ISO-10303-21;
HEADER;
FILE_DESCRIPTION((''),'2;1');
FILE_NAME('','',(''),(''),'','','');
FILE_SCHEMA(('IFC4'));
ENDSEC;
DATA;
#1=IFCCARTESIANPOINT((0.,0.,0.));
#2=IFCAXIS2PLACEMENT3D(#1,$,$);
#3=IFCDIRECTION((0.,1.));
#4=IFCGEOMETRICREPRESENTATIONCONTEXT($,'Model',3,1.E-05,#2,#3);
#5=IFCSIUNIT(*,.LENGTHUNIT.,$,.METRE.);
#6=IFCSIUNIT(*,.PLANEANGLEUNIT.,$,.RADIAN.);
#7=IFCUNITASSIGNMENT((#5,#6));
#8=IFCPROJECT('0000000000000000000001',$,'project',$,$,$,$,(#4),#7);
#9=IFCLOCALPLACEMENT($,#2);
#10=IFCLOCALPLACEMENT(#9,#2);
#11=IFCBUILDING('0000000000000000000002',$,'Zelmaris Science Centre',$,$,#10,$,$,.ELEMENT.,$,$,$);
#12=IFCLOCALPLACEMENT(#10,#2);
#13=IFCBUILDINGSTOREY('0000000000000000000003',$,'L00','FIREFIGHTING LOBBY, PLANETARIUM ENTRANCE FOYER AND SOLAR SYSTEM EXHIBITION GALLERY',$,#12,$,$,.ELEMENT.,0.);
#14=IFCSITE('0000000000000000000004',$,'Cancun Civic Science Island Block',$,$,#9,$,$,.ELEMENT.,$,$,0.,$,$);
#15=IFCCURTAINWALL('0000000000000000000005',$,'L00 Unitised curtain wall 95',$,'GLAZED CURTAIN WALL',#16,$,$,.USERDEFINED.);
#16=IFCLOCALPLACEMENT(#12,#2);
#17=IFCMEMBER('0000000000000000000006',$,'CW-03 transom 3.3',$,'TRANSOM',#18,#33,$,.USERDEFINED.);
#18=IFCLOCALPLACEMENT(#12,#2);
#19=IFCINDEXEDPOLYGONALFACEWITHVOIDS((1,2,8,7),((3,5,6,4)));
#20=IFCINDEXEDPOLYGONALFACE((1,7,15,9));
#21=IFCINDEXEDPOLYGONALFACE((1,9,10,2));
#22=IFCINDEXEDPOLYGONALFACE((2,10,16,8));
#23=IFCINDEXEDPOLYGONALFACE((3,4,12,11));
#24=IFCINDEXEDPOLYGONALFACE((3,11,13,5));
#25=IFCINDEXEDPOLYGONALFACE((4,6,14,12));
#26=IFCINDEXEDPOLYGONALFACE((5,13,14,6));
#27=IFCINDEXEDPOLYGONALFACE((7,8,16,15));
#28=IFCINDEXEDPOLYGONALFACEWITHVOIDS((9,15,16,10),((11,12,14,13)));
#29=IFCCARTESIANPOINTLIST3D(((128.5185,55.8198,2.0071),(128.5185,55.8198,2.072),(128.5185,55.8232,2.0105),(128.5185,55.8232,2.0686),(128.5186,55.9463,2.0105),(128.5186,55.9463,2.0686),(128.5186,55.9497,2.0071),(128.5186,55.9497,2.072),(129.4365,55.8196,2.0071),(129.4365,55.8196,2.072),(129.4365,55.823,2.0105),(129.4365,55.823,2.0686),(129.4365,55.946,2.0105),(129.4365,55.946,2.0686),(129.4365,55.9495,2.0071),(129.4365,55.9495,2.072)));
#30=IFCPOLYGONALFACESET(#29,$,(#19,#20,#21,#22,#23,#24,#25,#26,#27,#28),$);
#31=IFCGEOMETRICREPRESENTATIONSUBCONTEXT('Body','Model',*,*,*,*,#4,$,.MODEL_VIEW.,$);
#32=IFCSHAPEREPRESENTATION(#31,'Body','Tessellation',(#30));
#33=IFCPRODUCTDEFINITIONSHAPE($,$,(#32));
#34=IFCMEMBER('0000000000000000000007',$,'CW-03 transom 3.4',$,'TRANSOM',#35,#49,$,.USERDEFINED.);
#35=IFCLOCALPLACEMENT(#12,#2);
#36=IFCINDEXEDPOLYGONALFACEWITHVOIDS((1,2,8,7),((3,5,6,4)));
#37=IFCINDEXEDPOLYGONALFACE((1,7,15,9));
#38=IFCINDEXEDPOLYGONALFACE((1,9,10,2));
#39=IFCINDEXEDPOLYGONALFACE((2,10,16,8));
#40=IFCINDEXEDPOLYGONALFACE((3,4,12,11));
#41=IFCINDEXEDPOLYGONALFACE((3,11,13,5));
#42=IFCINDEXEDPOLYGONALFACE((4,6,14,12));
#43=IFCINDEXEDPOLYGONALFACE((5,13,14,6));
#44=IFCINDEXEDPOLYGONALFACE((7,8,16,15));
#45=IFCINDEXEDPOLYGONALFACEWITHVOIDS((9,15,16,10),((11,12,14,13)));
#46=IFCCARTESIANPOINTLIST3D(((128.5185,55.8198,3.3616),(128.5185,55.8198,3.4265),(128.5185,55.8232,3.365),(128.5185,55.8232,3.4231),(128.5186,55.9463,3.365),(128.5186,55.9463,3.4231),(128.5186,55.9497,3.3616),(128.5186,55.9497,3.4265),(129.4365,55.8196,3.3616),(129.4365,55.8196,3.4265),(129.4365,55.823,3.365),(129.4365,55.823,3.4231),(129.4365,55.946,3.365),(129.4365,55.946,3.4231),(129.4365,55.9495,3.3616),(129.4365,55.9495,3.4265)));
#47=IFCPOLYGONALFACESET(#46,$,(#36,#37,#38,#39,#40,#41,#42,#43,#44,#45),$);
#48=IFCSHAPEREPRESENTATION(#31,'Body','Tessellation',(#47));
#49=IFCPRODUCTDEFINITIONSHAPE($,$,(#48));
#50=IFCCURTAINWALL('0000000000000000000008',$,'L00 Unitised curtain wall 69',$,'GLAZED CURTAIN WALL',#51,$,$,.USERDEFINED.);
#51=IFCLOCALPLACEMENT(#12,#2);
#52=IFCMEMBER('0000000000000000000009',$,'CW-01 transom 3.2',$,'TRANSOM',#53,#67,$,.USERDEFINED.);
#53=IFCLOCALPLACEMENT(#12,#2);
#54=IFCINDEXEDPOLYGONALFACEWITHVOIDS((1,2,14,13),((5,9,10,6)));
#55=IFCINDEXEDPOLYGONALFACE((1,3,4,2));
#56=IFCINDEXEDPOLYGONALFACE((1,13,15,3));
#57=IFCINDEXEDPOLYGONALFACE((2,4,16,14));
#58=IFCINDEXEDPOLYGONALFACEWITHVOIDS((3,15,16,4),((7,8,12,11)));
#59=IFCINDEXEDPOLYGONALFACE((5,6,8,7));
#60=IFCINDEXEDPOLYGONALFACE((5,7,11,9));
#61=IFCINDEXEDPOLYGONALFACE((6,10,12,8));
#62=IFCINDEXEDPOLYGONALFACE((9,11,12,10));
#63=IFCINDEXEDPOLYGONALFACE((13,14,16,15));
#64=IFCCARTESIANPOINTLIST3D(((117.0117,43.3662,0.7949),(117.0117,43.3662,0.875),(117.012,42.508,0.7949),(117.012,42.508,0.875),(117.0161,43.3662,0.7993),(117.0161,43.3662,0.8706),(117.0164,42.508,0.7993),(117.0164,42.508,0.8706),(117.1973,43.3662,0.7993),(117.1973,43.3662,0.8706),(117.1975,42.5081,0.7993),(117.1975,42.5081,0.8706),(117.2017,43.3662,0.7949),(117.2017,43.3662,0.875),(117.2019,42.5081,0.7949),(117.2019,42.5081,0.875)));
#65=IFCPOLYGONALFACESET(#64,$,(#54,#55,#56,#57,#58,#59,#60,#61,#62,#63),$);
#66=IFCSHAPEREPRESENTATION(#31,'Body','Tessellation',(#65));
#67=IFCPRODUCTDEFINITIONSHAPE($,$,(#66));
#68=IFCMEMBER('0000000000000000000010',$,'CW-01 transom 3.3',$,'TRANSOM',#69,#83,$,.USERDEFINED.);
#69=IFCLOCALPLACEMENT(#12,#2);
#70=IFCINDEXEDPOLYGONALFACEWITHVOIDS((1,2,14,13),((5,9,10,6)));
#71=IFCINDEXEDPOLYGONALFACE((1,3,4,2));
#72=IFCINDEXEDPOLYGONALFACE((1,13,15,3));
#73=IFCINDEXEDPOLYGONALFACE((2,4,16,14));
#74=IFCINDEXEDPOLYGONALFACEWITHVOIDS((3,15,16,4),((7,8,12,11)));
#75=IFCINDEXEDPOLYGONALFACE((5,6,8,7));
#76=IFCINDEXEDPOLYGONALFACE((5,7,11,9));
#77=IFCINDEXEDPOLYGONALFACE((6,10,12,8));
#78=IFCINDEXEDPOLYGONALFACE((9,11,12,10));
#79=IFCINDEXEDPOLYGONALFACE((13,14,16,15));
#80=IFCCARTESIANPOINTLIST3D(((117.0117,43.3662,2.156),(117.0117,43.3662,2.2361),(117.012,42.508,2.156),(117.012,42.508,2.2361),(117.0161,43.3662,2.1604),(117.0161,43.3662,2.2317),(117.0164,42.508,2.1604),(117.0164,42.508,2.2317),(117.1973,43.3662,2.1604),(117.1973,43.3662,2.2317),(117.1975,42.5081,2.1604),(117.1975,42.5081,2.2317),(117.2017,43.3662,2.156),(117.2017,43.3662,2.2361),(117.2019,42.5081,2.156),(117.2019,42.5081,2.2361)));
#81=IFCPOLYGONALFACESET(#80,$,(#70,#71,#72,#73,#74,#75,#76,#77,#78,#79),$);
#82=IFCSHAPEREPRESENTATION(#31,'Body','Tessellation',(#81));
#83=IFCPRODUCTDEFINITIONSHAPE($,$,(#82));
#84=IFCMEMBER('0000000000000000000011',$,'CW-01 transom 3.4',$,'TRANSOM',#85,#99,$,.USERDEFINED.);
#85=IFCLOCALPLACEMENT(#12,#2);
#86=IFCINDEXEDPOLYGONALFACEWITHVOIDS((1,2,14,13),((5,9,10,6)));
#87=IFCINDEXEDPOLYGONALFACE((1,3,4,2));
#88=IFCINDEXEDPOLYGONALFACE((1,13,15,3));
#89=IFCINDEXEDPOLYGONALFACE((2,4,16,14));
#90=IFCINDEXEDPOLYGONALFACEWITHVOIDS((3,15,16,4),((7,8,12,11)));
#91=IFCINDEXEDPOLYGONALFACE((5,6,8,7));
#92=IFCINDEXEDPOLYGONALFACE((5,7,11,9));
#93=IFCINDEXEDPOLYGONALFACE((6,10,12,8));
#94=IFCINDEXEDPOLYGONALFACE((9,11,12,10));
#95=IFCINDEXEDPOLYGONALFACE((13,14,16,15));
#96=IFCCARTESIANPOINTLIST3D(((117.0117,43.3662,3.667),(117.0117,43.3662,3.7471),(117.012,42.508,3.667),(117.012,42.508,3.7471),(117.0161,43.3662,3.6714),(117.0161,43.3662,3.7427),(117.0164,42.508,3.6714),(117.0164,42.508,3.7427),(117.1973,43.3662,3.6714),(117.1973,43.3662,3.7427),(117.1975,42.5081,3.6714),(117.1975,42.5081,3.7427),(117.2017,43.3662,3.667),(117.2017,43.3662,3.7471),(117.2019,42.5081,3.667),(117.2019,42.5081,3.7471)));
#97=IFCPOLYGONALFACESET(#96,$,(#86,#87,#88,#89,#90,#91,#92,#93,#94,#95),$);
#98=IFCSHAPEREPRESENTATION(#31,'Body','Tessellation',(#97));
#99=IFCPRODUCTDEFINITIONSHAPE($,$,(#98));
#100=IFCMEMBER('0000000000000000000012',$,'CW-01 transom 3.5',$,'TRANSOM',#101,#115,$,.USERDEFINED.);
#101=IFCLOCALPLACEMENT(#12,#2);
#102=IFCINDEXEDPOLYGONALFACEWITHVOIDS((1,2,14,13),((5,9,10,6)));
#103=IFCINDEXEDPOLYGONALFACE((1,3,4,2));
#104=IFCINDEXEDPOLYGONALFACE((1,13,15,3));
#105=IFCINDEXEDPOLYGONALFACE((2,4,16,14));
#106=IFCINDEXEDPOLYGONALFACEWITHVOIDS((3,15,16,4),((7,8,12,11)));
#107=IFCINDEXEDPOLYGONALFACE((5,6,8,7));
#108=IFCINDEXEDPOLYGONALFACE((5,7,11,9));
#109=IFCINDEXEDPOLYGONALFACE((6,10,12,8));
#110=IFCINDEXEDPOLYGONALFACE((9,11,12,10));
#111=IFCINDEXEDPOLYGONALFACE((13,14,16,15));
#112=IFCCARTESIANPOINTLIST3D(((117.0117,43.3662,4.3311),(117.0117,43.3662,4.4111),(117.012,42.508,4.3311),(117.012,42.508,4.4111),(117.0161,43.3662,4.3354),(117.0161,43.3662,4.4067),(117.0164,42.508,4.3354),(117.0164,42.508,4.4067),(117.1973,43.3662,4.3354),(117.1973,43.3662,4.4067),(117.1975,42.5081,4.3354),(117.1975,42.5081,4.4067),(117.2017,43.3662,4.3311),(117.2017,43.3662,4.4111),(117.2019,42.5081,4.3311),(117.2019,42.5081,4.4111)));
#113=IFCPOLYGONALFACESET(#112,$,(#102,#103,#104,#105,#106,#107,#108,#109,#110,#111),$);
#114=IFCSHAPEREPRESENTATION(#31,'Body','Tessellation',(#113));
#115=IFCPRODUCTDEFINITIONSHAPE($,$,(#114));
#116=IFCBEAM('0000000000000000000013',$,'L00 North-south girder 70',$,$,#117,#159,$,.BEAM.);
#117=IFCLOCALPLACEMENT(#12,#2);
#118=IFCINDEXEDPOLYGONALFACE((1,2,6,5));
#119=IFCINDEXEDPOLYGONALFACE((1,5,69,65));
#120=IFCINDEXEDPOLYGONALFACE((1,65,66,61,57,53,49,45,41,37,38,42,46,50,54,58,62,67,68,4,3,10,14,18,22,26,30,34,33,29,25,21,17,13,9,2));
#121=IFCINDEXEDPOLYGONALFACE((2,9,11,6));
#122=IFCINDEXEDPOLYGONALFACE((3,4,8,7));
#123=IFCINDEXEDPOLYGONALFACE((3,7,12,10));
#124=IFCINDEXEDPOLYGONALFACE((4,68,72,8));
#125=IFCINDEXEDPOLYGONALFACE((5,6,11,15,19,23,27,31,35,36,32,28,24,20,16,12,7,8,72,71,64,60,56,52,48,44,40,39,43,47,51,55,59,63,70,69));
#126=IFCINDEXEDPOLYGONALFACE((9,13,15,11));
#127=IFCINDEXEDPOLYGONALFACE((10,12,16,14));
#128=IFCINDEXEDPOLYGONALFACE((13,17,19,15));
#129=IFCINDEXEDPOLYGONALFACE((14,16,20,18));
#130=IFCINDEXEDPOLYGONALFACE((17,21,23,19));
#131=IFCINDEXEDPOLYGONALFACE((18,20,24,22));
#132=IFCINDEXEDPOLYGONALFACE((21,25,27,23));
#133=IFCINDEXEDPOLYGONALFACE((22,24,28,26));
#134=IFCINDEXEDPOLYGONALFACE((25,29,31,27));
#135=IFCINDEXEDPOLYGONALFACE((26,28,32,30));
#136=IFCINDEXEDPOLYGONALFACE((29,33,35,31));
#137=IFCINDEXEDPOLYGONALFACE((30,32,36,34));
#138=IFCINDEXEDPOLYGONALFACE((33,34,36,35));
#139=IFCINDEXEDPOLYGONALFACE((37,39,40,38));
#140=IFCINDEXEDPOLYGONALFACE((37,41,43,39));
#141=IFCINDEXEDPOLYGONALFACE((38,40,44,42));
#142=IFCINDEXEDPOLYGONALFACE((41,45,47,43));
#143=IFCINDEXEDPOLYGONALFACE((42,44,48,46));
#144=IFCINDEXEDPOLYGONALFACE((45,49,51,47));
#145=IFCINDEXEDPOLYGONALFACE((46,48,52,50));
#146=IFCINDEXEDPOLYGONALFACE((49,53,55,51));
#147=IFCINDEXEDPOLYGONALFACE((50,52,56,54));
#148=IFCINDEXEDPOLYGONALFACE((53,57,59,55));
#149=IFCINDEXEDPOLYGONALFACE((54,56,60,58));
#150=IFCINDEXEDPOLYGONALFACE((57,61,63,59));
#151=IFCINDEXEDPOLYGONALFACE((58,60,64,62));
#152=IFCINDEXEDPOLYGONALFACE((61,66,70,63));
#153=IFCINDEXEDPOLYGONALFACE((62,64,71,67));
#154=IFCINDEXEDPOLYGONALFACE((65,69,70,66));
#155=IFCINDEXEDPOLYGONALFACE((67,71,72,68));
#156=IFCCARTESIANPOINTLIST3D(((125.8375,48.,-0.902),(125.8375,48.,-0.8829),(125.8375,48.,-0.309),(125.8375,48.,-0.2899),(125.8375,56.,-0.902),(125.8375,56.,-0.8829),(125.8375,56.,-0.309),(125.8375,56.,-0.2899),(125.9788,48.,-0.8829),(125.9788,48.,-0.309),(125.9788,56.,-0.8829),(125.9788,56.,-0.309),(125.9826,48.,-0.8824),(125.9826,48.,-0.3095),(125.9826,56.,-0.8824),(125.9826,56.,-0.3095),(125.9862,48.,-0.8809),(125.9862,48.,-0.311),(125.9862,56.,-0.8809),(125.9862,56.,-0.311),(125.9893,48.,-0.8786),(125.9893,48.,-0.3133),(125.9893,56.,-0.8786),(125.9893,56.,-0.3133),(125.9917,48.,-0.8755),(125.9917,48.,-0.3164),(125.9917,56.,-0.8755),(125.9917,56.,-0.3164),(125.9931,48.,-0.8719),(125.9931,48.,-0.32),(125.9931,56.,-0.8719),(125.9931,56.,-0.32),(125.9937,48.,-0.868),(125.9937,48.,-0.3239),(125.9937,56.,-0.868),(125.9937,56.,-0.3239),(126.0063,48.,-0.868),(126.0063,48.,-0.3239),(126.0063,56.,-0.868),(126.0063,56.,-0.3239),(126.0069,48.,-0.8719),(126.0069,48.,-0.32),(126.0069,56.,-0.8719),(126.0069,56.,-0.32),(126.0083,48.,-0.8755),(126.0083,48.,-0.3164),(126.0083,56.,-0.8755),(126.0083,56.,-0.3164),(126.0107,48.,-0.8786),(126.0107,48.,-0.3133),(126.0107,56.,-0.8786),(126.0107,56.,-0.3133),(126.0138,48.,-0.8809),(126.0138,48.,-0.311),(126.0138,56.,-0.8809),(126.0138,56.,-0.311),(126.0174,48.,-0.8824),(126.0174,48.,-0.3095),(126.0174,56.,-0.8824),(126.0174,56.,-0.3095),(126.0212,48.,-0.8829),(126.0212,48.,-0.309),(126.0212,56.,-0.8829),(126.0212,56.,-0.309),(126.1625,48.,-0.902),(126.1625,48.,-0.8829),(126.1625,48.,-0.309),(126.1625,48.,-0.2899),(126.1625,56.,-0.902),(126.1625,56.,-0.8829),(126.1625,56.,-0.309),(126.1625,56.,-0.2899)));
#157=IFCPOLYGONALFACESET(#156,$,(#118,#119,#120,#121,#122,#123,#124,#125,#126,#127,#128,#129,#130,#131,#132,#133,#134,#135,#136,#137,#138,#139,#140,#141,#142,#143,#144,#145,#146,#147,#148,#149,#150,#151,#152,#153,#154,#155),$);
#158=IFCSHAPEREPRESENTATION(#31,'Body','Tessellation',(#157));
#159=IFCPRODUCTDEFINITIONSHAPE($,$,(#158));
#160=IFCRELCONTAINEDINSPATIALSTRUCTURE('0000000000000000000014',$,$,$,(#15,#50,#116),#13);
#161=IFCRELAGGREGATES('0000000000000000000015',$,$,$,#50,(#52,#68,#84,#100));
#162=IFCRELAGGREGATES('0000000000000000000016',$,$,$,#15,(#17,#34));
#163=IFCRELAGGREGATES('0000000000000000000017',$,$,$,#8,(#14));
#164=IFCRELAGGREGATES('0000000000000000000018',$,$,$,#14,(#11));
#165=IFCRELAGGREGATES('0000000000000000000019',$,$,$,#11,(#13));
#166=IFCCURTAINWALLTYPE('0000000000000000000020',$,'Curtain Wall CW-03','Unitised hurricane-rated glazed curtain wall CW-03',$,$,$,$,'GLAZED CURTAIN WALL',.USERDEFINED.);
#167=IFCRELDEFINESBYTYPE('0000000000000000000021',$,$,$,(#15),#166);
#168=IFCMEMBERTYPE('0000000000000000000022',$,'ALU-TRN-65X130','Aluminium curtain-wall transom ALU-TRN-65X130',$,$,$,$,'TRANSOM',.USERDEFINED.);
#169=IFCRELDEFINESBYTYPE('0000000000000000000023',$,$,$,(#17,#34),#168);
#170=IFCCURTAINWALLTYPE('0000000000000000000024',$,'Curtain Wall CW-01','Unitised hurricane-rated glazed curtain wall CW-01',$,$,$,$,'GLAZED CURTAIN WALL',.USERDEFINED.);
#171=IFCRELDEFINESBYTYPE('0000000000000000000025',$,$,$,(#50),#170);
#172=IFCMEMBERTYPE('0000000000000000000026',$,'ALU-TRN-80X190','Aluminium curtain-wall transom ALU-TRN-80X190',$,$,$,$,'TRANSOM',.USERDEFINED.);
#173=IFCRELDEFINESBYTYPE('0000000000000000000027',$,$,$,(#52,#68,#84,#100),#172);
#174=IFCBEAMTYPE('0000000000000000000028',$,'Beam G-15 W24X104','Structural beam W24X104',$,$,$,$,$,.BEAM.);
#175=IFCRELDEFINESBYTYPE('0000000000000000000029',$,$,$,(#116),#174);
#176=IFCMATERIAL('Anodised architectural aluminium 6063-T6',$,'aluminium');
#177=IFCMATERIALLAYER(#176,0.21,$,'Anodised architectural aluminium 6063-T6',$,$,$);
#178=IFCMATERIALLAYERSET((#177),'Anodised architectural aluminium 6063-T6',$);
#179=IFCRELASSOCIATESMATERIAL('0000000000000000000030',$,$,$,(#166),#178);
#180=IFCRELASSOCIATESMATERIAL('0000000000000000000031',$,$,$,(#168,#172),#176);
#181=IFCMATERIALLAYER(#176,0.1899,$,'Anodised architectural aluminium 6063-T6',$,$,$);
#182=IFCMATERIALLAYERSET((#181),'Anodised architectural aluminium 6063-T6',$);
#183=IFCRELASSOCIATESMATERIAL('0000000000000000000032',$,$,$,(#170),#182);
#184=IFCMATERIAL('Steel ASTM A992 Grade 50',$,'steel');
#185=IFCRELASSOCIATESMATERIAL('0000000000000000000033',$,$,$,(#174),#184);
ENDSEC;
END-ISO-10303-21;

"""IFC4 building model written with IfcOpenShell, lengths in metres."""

from ifc_helpers import new_model, si_unit, direction, frame, origin, origin_2d, place, context, subcontext, project, spatial, hollow_rectangle, i_section, extrude, material, layer, layer_set, material_profile, profile_set, type_object, element, aggregate, save


model = new_model("IFC4")

# Units and contexts
model_context = context("Model", 3, precision=1e-05, world=origin(), true_north=direction((0.0, 1.0)))
body_context = subcontext(model_context, "Body", "Model", "MODEL_VIEW")
ifc_project = project(units=[si_unit("LENGTHUNIT", "METRE"), si_unit("PLANEANGLEUNIT", "RADIAN")], contexts=[model_context])

# Site, building, storey
site_placement = place(None, origin())
site = spatial("IfcSite", under=ifc_project, at=site_placement, Name="Cancun Civic Science Island Block", CompositionType="ELEMENT", RefElevation=0.0)
building_placement = place(site_placement, origin())
building = spatial("IfcBuilding", under=site, at=building_placement, Name="Zelmaris Science Centre", CompositionType="ELEMENT")
storey_placement = place(building_placement, origin())
storey = spatial("IfcBuildingStorey", under=building, at=storey_placement, Name="L00", Description="FIREFIGHTING LOBBY, PLANETARIUM ENTRANCE FOYER AND SOLAR SYSTEM EXHIBITION GALLERY", CompositionType="ELEMENT", Elevation=0.0)

# Shared definitions
ifc_material_1 = material(Name="Steel ASTM A992 Grade 50", Category="steel")

# Curtain walls, members
ifc_material_2 = material(Name="Anodised architectural aluminium 6063-T6", Category="aluminium")
ifc_layer_1 = layer(ifc_material_2, 0.21, Name="Anodised architectural aluminium 6063-T6")
ifc_layer_set_1 = layer_set([ifc_layer_1], Name="Anodised architectural aluminium 6063-T6")
curtain_wall_type_1 = type_object("IfcCurtainWallType", Name="Curtain Wall CW-03", Description="Unitised hurricane-rated glazed curtain wall CW-03", ElementType="GLAZED CURTAIN WALL", PredefinedType="USERDEFINED", material=ifc_layer_set_1)
curtain_wall_1_placement = place(storey_placement, origin())
curtain_wall_1 = element("IfcCurtainWall", 1, at=curtain_wall_1_placement, inside=storey, type_object=curtain_wall_type_1, Name="L00 Unitised curtain wall 95", ObjectType="GLAZED CURTAIN WALL", PredefinedType="USERDEFINED")
ifc_material_profile_1 = material_profile(ifc_material_2, hollow_rectangle(XDim=0.0649, YDim=0.1299, WallThickness=0.0034, at=origin_2d()), Name="ALU-TRN-65X130")
ifc_profile_set_1 = profile_set([ifc_material_profile_1], Name="Anodised architectural aluminium 6063-T6")
member_type_1 = type_object("IfcMemberType", Name="ALU-TRN-65X130", Description="Aluminium curtain-wall transom ALU-TRN-65X130", ElementType="TRANSOM", PredefinedType="USERDEFINED", material=ifc_profile_set_1)
member_1_placement = place(storey_placement, frame((128.5186, 55.8848, 2.0396), z_axis=(1.0, -0.000266, 0.0), x_axis=(0.0, 0.0, 1.0)))
member_1 = element("IfcMember", 2, at=member_1_placement, type_object=member_type_1, Name="CW-03 transom 3.3", ObjectType="TRANSOM", PredefinedType="USERDEFINED", context=body_context, shape_type="SweptSolid", body=[
    extrude(hollow_rectangle(XDim=0.0649, YDim=0.1299, WallThickness=0.0034, at=origin_2d()), origin(), (0.0, 0.0, 1.0), 0.918),
])
member_2_placement = place(storey_placement, frame((128.5186, 55.8848, 3.394), z_axis=(1.0, -0.000266, 0.0), x_axis=(0.0, 0.0, 1.0)))
member_2 = element("IfcMember", 3, at=member_2_placement, type_object=member_type_1, Name="CW-03 transom 3.4", ObjectType="TRANSOM", PredefinedType="USERDEFINED", context=body_context, shape_type="SweptSolid", body=[
    extrude(hollow_rectangle(XDim=0.0649, YDim=0.1299, WallThickness=0.0034, at=origin_2d()), origin(), (0.0, 0.0, 1.0), 0.918),
])
ifc_layer_2 = layer(ifc_material_2, 0.1899, Name="Anodised architectural aluminium 6063-T6")
ifc_layer_set_2 = layer_set([ifc_layer_2], Name="Anodised architectural aluminium 6063-T6")
curtain_wall_type_2 = type_object("IfcCurtainWallType", Name="Curtain Wall CW-01", Description="Unitised hurricane-rated glazed curtain wall CW-01", ElementType="GLAZED CURTAIN WALL", PredefinedType="USERDEFINED", material=ifc_layer_set_2)
curtain_wall_2_placement = place(storey_placement, origin())
curtain_wall_2 = element("IfcCurtainWall", 4, at=curtain_wall_2_placement, inside=storey, type_object=curtain_wall_type_2, Name="L00 Unitised curtain wall 69", ObjectType="GLAZED CURTAIN WALL", PredefinedType="USERDEFINED")
ifc_material_profile_2 = material_profile(ifc_material_2, hollow_rectangle(XDim=0.0801, YDim=0.1899, WallThickness=0.0044, at=origin_2d()), Name="ALU-TRN-80X190")
ifc_profile_set_2 = profile_set([ifc_material_profile_2], Name="Anodised architectural aluminium 6063-T6")
member_type_2 = type_object("IfcMemberType", Name="ALU-TRN-80X190", Description="Aluminium curtain-wall transom ALU-TRN-80X190", ElementType="TRANSOM", PredefinedType="USERDEFINED", material=ifc_profile_set_2)
member_3_placement = place(storey_placement, frame((117.1069, 42.5081, 0.835), z_axis=(-0.000284, 1.0, 0.0), x_axis=(0.0, 0.0, 1.0)))
member_3 = element("IfcMember", 5, at=member_3_placement, type_object=member_type_2, Name="CW-01 transom 3.2", ObjectType="TRANSOM", PredefinedType="USERDEFINED", context=body_context, shape_type="SweptSolid", body=[
    extrude(hollow_rectangle(XDim=0.0801, YDim=0.1899, WallThickness=0.0044, at=origin_2d()), origin(), (0.0, 0.0, 1.0), 0.8582),
])
member_4_placement = place(storey_placement, frame((117.1069, 42.5081, 2.196), z_axis=(-0.000284, 1.0, 0.0), x_axis=(0.0, 0.0, 1.0)))
member_4 = element("IfcMember", 6, at=member_4_placement, type_object=member_type_2, Name="CW-01 transom 3.3", ObjectType="TRANSOM", PredefinedType="USERDEFINED", context=body_context, shape_type="SweptSolid", body=[
    extrude(hollow_rectangle(XDim=0.0801, YDim=0.1899, WallThickness=0.0044, at=origin_2d()), origin(), (0.0, 0.0, 1.0), 0.8582),
])
member_5_placement = place(storey_placement, frame((117.1069, 42.5081, 3.707), z_axis=(-0.000284, 1.0, 0.0), x_axis=(0.0, 0.0, 1.0)))
member_5 = element("IfcMember", 7, at=member_5_placement, type_object=member_type_2, Name="CW-01 transom 3.4", ObjectType="TRANSOM", PredefinedType="USERDEFINED", context=body_context, shape_type="SweptSolid", body=[
    extrude(hollow_rectangle(XDim=0.0801, YDim=0.1899, WallThickness=0.0044, at=origin_2d()), origin(), (0.0, 0.0, 1.0), 0.8582),
])
member_6_placement = place(storey_placement, frame((117.1069, 42.5081, 4.3711), z_axis=(-0.000284, 1.0, 0.0), x_axis=(0.0, 0.0, 1.0)))
member_6 = element("IfcMember", 8, at=member_6_placement, type_object=member_type_2, Name="CW-01 transom 3.5", ObjectType="TRANSOM", PredefinedType="USERDEFINED", context=body_context, shape_type="SweptSolid", body=[
    extrude(hollow_rectangle(XDim=0.0801, YDim=0.1899, WallThickness=0.0044, at=origin_2d()), origin(), (0.0, 0.0, 1.0), 0.8582),
])

# Beam
ifc_material_profile_3 = material_profile(ifc_material_1, i_section(OverallWidth=0.325, OverallDepth=0.6121, WebThickness=0.0127, FlangeThickness=0.019, FilletRadius=0.0149, at=origin_2d()), Name="W24X104")
ifc_profile_set_3 = profile_set([ifc_material_profile_3], Name="Steel ASTM A992 Grade 50")
beam_type_1 = type_object("IfcBeamType", Name="Beam G-15 W24X104", Description="Structural beam W24X104", PredefinedType="BEAM", material=ifc_profile_set_3)
beam_1_placement = place(storey_placement, frame((126.0, 48.0, -0.5959), z_axis=(0.0, 1.0, 0.0), x_axis=(-1.0, 0.0, 0.0)))
element("IfcBeam", 9, at=beam_1_placement, inside=storey, type_object=beam_type_1, Name="L00 North-south girder 70", PredefinedType="BEAM", context=body_context, shape_type="SweptSolid", body=[
    extrude(i_section(OverallWidth=0.325, OverallDepth=0.6121, WebThickness=0.0127, FlangeThickness=0.019, FilletRadius=0.0149, at=origin_2d()), origin(), (0.0, 0.0, 1.0), 8.0),
])

aggregate(curtain_wall_2, [member_3, member_4, member_5, member_6])
aggregate(curtain_wall_1, [member_1, member_2])

save(model, "model.ifc")
